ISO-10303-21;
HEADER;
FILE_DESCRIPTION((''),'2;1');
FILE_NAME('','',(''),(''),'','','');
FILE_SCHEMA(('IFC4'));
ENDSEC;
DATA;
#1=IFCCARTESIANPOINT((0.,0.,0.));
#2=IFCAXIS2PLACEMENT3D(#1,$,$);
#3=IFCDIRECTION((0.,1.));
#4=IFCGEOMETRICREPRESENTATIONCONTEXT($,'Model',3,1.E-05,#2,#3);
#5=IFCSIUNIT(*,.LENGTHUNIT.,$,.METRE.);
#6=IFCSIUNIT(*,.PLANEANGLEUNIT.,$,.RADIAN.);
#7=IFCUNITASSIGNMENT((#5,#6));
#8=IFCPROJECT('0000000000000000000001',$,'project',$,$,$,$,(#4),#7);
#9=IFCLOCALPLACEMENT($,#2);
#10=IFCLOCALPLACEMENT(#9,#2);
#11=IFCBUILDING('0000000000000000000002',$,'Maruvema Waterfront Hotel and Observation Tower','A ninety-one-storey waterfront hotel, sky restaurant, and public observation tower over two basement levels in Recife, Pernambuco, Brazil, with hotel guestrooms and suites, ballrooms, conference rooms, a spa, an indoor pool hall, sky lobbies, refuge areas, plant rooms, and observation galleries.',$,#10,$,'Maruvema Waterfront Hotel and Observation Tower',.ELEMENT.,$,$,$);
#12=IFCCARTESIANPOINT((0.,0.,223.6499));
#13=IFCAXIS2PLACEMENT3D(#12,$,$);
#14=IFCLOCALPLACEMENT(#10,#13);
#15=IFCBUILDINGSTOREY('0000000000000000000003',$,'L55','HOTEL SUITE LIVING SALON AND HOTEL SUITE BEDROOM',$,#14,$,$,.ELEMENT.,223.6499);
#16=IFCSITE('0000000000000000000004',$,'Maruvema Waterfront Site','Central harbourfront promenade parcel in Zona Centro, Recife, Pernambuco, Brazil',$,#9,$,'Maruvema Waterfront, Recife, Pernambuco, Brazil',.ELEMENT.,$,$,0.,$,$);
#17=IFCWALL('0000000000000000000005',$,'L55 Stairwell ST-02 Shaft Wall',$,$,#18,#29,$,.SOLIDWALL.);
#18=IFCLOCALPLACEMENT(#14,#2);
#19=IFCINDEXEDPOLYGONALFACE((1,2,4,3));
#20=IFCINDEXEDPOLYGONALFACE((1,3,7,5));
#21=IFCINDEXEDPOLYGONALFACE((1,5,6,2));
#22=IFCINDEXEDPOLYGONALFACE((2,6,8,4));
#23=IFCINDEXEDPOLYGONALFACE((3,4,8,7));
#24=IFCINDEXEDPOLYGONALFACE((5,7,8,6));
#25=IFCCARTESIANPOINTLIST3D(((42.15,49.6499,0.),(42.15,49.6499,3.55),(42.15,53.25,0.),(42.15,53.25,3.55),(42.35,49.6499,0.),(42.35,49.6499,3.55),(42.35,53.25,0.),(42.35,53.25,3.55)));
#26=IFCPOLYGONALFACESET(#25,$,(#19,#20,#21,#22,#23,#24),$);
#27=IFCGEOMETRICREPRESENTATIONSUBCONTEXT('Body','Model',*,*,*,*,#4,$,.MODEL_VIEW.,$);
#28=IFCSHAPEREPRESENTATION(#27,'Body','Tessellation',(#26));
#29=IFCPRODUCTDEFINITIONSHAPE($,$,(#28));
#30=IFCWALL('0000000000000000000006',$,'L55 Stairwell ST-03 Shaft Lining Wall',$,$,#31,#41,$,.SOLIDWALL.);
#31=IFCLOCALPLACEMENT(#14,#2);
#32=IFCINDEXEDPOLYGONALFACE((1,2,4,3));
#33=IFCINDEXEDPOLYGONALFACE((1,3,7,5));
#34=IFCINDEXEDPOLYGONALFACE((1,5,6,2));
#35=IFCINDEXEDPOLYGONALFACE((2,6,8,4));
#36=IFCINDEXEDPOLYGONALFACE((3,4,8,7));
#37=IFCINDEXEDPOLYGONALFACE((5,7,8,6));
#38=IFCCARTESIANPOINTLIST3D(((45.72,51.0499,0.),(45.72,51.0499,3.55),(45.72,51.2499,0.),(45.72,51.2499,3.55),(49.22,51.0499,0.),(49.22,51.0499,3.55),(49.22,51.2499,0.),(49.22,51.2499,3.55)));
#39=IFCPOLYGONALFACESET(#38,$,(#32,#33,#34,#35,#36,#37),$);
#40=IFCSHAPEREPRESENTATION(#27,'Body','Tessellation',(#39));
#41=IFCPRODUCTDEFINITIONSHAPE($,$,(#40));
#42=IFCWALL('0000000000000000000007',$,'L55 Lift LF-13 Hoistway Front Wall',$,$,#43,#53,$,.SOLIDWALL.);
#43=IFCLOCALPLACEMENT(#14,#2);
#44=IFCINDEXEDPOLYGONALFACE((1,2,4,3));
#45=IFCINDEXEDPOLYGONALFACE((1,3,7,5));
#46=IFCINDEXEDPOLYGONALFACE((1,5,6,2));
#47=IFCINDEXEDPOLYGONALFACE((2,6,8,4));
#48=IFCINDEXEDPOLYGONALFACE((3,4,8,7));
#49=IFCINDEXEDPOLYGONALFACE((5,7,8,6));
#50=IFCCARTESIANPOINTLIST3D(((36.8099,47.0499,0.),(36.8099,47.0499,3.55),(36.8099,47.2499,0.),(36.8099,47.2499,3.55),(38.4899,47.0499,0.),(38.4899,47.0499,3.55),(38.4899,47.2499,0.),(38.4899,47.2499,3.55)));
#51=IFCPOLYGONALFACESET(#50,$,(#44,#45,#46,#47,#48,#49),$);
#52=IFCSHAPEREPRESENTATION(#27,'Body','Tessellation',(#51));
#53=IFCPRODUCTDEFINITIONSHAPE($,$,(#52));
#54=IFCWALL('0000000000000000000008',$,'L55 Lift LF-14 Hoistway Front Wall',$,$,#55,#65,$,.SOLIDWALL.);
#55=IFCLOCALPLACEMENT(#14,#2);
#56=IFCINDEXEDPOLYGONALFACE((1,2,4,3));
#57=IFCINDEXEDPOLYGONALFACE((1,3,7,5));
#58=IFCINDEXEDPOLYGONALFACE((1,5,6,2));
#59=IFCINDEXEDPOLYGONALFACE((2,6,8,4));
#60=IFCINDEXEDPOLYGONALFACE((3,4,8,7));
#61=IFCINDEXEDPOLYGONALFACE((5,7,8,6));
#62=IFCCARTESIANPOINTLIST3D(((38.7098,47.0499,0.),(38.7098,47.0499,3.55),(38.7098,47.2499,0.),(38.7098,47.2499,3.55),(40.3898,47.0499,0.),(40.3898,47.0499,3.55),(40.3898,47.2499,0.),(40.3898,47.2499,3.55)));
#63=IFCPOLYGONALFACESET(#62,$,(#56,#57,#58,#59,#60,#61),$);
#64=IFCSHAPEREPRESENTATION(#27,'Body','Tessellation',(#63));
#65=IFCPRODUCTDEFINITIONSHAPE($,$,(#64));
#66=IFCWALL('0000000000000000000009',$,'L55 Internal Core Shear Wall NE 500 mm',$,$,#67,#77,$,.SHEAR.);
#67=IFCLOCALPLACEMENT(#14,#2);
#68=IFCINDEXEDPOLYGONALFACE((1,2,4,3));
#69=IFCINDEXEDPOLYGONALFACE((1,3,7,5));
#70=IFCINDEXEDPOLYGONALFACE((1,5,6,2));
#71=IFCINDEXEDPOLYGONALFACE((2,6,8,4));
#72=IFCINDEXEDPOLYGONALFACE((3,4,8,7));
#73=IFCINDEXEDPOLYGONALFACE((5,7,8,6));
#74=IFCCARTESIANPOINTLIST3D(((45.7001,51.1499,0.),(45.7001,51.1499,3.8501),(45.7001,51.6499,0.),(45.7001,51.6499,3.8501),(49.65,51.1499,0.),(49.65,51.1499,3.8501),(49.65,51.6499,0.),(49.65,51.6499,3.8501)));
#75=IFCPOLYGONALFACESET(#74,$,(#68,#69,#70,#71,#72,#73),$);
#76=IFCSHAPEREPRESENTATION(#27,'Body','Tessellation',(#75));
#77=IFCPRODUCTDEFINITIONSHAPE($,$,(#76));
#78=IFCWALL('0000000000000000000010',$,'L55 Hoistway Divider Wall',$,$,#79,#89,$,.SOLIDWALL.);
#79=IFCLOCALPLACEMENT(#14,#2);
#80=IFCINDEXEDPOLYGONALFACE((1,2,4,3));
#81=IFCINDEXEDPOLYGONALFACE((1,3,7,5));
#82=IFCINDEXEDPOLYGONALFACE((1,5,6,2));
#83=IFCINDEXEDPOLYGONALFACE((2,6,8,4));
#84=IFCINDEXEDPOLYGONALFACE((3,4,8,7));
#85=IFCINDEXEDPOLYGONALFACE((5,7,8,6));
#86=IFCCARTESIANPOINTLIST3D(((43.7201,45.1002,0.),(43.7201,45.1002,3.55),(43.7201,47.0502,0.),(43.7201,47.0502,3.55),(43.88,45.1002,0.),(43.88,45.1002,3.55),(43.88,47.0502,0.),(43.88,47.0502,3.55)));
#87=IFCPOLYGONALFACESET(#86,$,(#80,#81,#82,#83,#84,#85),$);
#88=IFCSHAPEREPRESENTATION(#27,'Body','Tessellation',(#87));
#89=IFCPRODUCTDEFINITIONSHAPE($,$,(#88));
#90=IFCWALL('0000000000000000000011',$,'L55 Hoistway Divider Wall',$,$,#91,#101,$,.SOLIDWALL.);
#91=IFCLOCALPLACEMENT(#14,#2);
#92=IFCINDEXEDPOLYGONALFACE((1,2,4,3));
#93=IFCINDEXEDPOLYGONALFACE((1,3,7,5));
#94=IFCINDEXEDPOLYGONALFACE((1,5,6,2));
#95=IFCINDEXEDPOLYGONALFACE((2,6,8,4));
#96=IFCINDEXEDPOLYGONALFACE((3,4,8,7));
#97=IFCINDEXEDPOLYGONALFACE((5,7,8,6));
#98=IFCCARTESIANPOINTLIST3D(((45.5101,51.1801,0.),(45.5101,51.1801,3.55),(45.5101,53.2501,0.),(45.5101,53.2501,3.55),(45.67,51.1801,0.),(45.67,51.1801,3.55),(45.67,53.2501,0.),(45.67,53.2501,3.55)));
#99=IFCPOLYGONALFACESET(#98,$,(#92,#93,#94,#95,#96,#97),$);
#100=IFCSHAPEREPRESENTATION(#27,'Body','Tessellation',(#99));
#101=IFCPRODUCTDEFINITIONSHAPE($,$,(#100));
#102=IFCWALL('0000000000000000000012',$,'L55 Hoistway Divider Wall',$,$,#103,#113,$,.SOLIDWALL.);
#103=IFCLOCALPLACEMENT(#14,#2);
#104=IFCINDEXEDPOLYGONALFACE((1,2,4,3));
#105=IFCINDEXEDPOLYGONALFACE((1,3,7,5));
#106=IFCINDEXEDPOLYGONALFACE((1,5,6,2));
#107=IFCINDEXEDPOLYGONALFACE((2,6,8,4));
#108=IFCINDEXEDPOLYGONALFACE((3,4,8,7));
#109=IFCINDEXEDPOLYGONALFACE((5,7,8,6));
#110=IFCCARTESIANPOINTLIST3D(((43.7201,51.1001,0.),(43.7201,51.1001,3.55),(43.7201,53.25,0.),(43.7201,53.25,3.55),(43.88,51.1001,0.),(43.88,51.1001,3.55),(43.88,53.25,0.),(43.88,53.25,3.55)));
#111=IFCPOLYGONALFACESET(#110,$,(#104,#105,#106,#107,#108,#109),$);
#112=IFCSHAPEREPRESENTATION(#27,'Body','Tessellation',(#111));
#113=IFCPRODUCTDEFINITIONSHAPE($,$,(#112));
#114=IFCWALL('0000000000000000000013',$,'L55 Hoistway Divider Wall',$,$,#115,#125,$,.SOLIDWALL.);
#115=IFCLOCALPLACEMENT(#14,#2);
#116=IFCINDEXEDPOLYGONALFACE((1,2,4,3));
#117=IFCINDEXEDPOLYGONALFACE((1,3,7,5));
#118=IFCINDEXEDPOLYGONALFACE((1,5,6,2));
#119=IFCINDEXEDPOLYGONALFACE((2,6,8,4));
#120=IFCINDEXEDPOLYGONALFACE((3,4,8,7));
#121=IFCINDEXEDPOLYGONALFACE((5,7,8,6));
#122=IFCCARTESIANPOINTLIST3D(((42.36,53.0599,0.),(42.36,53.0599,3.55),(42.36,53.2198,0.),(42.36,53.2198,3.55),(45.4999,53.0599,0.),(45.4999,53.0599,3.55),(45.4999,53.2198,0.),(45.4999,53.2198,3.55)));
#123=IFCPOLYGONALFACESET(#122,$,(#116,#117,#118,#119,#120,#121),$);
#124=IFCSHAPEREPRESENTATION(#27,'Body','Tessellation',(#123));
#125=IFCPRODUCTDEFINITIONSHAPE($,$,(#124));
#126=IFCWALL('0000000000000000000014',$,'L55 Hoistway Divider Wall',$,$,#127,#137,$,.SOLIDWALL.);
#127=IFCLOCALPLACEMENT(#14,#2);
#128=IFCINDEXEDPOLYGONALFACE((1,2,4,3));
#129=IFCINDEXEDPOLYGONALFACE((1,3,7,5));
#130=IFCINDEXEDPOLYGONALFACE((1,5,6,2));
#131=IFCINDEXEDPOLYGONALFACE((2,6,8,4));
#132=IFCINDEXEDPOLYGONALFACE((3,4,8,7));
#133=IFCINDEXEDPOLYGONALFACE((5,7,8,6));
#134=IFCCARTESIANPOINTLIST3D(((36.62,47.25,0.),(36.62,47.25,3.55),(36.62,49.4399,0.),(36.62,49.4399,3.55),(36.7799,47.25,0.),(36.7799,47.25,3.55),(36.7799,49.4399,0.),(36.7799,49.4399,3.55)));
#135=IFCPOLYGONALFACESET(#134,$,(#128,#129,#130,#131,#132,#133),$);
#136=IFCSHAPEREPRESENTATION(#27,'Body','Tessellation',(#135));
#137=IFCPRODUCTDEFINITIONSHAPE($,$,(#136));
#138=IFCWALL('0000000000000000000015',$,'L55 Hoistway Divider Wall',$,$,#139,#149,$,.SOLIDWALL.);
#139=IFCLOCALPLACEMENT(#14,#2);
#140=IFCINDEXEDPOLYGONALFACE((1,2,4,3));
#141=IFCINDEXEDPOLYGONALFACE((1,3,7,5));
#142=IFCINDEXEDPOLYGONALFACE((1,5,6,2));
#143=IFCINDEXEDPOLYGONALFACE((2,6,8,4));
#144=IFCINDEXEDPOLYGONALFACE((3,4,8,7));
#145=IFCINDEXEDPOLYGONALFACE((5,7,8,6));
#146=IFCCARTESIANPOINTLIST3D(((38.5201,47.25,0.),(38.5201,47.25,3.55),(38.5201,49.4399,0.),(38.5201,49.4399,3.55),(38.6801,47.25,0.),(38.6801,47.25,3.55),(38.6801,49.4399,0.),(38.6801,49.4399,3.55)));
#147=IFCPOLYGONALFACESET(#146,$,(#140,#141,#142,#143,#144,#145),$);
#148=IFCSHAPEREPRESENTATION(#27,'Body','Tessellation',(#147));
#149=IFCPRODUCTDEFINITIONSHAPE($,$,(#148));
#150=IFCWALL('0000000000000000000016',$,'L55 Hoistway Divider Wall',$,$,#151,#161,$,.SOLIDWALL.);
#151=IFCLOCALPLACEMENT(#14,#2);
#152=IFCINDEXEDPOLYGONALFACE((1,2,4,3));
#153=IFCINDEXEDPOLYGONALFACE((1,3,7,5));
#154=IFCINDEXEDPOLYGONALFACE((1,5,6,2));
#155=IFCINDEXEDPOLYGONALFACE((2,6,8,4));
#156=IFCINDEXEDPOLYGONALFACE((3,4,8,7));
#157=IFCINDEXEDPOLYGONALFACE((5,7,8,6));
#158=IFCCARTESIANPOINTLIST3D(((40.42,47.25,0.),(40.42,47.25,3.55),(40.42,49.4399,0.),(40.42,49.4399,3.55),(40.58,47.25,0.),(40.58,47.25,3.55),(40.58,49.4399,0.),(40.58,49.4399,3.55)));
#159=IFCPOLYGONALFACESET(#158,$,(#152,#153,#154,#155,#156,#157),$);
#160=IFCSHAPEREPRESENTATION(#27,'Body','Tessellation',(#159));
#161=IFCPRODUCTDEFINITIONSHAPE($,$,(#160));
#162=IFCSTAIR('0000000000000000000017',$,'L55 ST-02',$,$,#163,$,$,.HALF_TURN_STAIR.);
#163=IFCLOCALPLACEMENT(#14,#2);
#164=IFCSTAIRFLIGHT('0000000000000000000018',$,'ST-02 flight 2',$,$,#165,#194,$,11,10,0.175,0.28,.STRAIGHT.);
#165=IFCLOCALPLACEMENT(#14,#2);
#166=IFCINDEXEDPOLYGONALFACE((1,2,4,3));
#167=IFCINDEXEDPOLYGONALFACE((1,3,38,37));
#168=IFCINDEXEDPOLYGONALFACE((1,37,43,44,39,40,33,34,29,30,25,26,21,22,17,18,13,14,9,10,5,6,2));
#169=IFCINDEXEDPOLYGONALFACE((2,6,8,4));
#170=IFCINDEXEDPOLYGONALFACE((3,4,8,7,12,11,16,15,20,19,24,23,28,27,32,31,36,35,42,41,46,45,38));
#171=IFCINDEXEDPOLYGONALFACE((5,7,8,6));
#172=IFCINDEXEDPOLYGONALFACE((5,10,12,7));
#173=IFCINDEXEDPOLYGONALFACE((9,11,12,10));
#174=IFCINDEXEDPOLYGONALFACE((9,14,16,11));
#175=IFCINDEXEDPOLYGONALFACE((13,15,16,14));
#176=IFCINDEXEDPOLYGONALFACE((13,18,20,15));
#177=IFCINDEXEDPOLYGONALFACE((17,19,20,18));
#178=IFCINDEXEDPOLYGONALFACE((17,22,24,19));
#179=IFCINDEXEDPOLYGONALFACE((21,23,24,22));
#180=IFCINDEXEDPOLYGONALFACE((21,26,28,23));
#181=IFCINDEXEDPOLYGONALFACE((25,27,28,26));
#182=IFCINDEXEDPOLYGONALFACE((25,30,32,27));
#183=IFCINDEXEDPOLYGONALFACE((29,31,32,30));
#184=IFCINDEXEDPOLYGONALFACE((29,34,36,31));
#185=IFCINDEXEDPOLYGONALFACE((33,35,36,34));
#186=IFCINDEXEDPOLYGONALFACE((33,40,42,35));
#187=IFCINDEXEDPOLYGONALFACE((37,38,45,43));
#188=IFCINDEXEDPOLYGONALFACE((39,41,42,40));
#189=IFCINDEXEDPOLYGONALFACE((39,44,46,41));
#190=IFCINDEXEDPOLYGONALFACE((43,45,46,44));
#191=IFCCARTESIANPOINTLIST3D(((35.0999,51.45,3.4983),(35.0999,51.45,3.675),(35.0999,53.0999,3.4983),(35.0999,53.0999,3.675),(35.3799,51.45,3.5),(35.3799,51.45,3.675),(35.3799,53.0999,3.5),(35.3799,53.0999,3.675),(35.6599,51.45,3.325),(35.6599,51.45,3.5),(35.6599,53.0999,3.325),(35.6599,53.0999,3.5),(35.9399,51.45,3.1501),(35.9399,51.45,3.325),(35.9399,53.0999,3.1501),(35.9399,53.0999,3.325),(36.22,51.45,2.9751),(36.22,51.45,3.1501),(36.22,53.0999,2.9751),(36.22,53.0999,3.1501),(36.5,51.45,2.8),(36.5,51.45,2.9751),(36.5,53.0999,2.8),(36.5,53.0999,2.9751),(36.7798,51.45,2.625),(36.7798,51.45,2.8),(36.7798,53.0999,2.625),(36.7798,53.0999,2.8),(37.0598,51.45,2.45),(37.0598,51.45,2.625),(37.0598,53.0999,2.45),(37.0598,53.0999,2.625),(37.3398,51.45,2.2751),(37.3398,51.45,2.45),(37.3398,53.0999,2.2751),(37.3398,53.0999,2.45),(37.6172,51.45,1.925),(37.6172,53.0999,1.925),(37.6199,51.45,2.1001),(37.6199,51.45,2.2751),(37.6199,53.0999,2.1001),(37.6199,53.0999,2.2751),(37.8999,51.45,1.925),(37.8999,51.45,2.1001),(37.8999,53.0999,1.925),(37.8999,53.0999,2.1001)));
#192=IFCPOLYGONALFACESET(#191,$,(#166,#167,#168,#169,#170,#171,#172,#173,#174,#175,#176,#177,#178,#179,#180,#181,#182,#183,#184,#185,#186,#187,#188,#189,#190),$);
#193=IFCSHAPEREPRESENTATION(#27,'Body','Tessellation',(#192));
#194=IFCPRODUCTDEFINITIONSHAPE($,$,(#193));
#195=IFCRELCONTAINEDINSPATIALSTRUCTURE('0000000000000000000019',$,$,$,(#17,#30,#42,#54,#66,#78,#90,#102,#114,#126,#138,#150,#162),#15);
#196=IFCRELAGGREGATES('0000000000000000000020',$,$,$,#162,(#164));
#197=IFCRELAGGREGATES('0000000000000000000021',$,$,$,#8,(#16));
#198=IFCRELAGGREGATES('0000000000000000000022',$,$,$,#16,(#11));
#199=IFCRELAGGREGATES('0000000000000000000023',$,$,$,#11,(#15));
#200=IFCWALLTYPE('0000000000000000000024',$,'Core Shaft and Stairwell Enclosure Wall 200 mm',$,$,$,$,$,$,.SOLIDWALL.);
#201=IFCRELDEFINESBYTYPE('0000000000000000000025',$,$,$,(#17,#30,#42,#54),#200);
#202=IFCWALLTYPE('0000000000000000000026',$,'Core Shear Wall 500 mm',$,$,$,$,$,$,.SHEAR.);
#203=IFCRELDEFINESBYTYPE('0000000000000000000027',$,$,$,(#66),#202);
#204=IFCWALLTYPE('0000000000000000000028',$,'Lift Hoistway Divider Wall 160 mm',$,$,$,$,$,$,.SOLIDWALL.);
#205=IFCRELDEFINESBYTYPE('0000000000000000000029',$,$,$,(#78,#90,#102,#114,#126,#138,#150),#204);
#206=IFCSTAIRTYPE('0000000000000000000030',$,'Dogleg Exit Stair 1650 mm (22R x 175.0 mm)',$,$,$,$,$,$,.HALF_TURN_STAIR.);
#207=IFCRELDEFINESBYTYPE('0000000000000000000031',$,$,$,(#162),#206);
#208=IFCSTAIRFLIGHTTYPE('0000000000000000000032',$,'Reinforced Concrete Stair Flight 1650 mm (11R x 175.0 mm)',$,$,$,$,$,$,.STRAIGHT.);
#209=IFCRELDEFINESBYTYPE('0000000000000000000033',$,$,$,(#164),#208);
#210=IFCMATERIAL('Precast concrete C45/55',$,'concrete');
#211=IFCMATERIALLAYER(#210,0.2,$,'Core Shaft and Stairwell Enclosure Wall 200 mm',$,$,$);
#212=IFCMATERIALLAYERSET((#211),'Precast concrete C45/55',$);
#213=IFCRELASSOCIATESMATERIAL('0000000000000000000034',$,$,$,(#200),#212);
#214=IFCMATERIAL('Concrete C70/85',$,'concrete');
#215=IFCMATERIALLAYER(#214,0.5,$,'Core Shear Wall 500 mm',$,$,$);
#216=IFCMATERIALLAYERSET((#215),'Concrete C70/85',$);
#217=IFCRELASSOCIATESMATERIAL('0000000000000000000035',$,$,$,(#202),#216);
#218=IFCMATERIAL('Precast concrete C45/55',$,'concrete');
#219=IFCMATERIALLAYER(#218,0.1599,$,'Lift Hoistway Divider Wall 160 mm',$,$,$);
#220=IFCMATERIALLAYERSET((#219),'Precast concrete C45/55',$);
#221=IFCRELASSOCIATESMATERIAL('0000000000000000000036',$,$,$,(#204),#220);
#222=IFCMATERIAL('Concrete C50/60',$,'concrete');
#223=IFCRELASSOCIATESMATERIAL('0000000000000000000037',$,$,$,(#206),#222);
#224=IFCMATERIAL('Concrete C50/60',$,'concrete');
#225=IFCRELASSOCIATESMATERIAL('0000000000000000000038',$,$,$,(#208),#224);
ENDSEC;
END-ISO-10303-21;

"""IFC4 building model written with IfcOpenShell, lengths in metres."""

from ifc_helpers import new_model, si_unit, direction, frame, frame_2d, origin, place, context, subcontext, project, spatial, polyline, rectangle, outline, extrude, material, layer, layer_set, type_object, element, aggregate, save


model = new_model("IFC4")

# Units and contexts
model_context = context("Model", 3, precision=1e-05, world=origin(), true_north=direction((0.0, 1.0)))
body_context = subcontext(model_context, "Body", "Model", "MODEL_VIEW")
ifc_project = project(units=[si_unit("LENGTHUNIT", "METRE"), si_unit("PLANEANGLEUNIT", "RADIAN")], contexts=[model_context])

# Site, building, storey
site_placement = place(None, origin())
site = spatial("IfcSite", under=ifc_project, at=site_placement, Name="Maruvema Waterfront Site", Description="Central harbourfront promenade parcel in Zona Centro, Recife, Pernambuco, Brazil", LongName="Maruvema Waterfront, Recife, Pernambuco, Brazil", CompositionType="ELEMENT", RefElevation=0.0)
building_placement = place(site_placement, origin())
building = spatial("IfcBuilding", under=site, at=building_placement, Name="Maruvema Waterfront Hotel and Observation Tower", Description="A ninety-one-storey waterfront hotel, sky restaurant, and public observation tower over two basement levels in Recife, Pernambuco, Brazil, with hotel guestrooms and suites, ballrooms, conference rooms, a spa, an indoor pool hall, sky lobbies, refuge areas, plant rooms, and observation galleries.", LongName="Maruvema Waterfront Hotel and Observation Tower", CompositionType="ELEMENT")
storey_placement = place(building_placement, frame((0.0, 0.0, 223.6499)))
storey = spatial("IfcBuildingStorey", under=building, at=storey_placement, Name="L55", Description="HOTEL SUITE LIVING SALON AND HOTEL SUITE BEDROOM", CompositionType="ELEMENT", Elevation=223.6499)

# Walls
ifc_material_1 = material(Name="Precast concrete C45/55", Category="concrete")
ifc_layer_1 = layer(ifc_material_1, 0.2, Name="Core Shaft and Stairwell Enclosure Wall 200 mm")
ifc_layer_set_1 = layer_set([ifc_layer_1], Name="Precast concrete C45/55")
wall_type_1 = type_object("IfcWallType", Name="Core Shaft and Stairwell Enclosure Wall 200 mm", PredefinedType="SOLIDWALL", material=ifc_layer_set_1)
wall_1_placement = place(storey_placement, frame((42.25, 49.6499, 0.0), z_axis=(0.0, 0.0, 1.0), x_axis=(0.0, 1.0, 0.0)))
element("IfcWall", 1, at=wall_1_placement, inside=storey, type_object=wall_type_1, Name="L55 Stairwell ST-02 Shaft Wall", PredefinedType="SOLIDWALL", context=body_context, shape_type="SweptSolid", body=[
    extrude(rectangle(XDim=3.6001, YDim=0.2, at=frame_2d((1.8, 0.0))), origin(), (0.0, 0.0, 1.0), 3.55),
])
wall_2_placement = place(storey_placement, frame((45.72, 51.1499, 0.0), z_axis=(0.0, 0.0, 1.0), x_axis=(1.0, 0.0, 0.0)))
element("IfcWall", 2, at=wall_2_placement, inside=storey, type_object=wall_type_1, Name="L55 Stairwell ST-03 Shaft Lining Wall", PredefinedType="SOLIDWALL", context=body_context, shape_type="SweptSolid", body=[
    extrude(rectangle(XDim=3.5, YDim=0.2, at=frame_2d((1.75, 0.0))), origin(), (0.0, 0.0, 1.0), 3.55),
])

# Walls
for number, where, z_axis, x_axis, name in (
    (3, (36.8101, 47.1499, 0.0), (0.0, 0.0, 1.0), (1.0, 0.0, 0.0), "L55 Lift LF-13 Hoistway Front Wall"),
    (4, (38.71, 47.1499, 0.0), (0.0, 0.0, 1.0), (1.0, 0.0, 0.0), "L55 Lift LF-14 Hoistway Front Wall"),
):
    element("IfcWall", number, at=place(storey_placement, frame(where, z_axis=z_axis, x_axis=x_axis)), inside=storey, type_object=wall_type_1, Name=name, PredefinedType="SOLIDWALL", context=body_context, shape_type="SweptSolid", body=[
        extrude(rectangle(XDim=1.6799, YDim=0.2, at=frame_2d((0.8398, 0.0))), origin(), (0.0, 0.0, 1.0), 3.55),
    ])
ifc_material_2 = material(Name="Concrete C70/85", Category="concrete")
ifc_layer_2 = layer(ifc_material_2, 0.5, Name="Core Shear Wall 500 mm")
ifc_layer_set_2 = layer_set([ifc_layer_2], Name="Concrete C70/85")
wall_type_2 = type_object("IfcWallType", Name="Core Shear Wall 500 mm", PredefinedType="SHEAR", material=ifc_layer_set_2)
wall_3_placement = place(storey_placement, frame((45.7, 51.3999, 0.0), z_axis=(0.0, 0.0, 1.0), x_axis=(1.0, 0.0, 0.0)))
element("IfcWall", 5, at=wall_3_placement, inside=storey, type_object=wall_type_2, Name="L55 Internal Core Shear Wall NE 500 mm", PredefinedType="SHEAR", context=body_context, shape_type="SweptSolid", body=[
    extrude(rectangle(XDim=3.95, YDim=0.5, at=frame_2d((1.9751, 0.0))), origin(), (0.0, 0.0, 1.0), 3.8501),
])
ifc_material_3 = material(Name="Precast concrete C45/55", Category="concrete")
ifc_layer_3 = layer(ifc_material_3, 0.1599, Name="Lift Hoistway Divider Wall 160 mm")
ifc_layer_set_3 = layer_set([ifc_layer_3], Name="Precast concrete C45/55")
wall_type_3 = type_object("IfcWallType", Name="Lift Hoistway Divider Wall 160 mm", PredefinedType="SOLIDWALL", material=ifc_layer_set_3)
wall_4_placement = place(storey_placement, frame((43.8, 45.1001, 0.0), z_axis=(0.0, 0.0, 1.0), x_axis=(0.0, 1.0, 0.0)))
element("IfcWall", 6, at=wall_4_placement, inside=storey, type_object=wall_type_3, Name="L55 Hoistway Divider Wall", PredefinedType="SOLIDWALL", context=body_context, shape_type="SweptSolid", body=[
    extrude(rectangle(XDim=1.95, YDim=0.1599, at=frame_2d((0.9751, 0.0))), origin(), (0.0, 0.0, 1.0), 3.55),
])
wall_5_placement = place(storey_placement, frame((45.5901, 51.1799, 0.0), z_axis=(0.0, 0.0, 1.0), x_axis=(0.0, 1.0, 0.0)))
element("IfcWall", 7, at=wall_5_placement, inside=storey, type_object=wall_type_3, Name="L55 Hoistway Divider Wall", PredefinedType="SOLIDWALL", context=body_context, shape_type="SweptSolid", body=[
    extrude(rectangle(XDim=2.0701, YDim=0.1599, at=frame_2d((1.0352, 0.0))), origin(), (0.0, 0.0, 1.0), 3.55),
])
wall_6_placement = place(storey_placement, frame((43.8, 51.1001, 0.0), z_axis=(0.0, 0.0, 1.0), x_axis=(0.0, 1.0, 0.0)))
element("IfcWall", 8, at=wall_6_placement, inside=storey, type_object=wall_type_3, Name="L55 Hoistway Divider Wall", PredefinedType="SOLIDWALL", context=body_context, shape_type="SweptSolid", body=[
    extrude(rectangle(XDim=2.1499, YDim=0.1599, at=frame_2d((1.075, 0.0))), origin(), (0.0, 0.0, 1.0), 3.55),
])
wall_7_placement = place(storey_placement, frame((42.3601, 53.1399, 0.0), z_axis=(0.0, 0.0, 1.0), x_axis=(1.0, 0.0, 0.0)))
element("IfcWall", 9, at=wall_7_placement, inside=storey, type_object=wall_type_3, Name="L55 Hoistway Divider Wall", PredefinedType="SOLIDWALL", context=body_context, shape_type="SweptSolid", body=[
    extrude(rectangle(XDim=3.1399, YDim=0.1599, at=frame_2d((1.5698, 0.0))), origin(), (0.0, 0.0, 1.0), 3.55),
])
for number, where, z_axis, x_axis, name in (
    (10, (36.7, 47.25, 0.0), (0.0, 0.0, 1.0), (0.0, 1.0, 0.0), "L55 Hoistway Divider Wall"),
    (11, (38.6001, 47.25, 0.0), (0.0, 0.0, 1.0), (0.0, 1.0, 0.0), "L55 Hoistway Divider Wall"),
    (12, (40.5, 47.25, 0.0), (0.0, 0.0, 1.0), (0.0, 1.0, 0.0), "L55 Hoistway Divider Wall"),
):
    element("IfcWall", number, at=place(storey_placement, frame(where, z_axis=z_axis, x_axis=x_axis)), inside=storey, type_object=wall_type_3, Name=name, PredefinedType="SOLIDWALL", context=body_context, shape_type="SweptSolid", body=[
        extrude(rectangle(XDim=2.1899, YDim=0.1599, at=frame_2d((1.095, 0.0))), origin(), (0.0, 0.0, 1.0), 3.55),
    ])

# Stair, stair flight
ifc_material_4 = material(Name="Concrete C50/60", Category="concrete")
stair_type = type_object("IfcStairType", Name="Dogleg Exit Stair 1650 mm (22R x 175.0 mm)", PredefinedType="HALF_TURN_STAIR", material=ifc_material_4)
stair_1_placement = place(storey_placement, origin())
stair_1 = element("IfcStair", 13, at=stair_1_placement, inside=storey, type_object=stair_type, Name="L55 ST-02", PredefinedType="HALF_TURN_STAIR")
ifc_material_5 = material(Name="Concrete C50/60", Category="concrete")
stair_flight_type = type_object("IfcStairFlightType", Name="Reinforced Concrete Stair Flight 1650 mm (11R x 175.0 mm)", PredefinedType="STRAIGHT", material=ifc_material_5)
stair_flight_1_placement = place(storey_placement, frame((37.8999, 52.2749, 1.925), z_axis=(0.0, 0.0, 1.0), x_axis=(-1.0, 0.0, 0.0)))
stair_flight_1 = element("IfcStairFlight", 14, at=stair_flight_1_placement, type_object=stair_flight_type, Name="ST-02 flight 2", NumberOfRisers=11, NumberOfTreads=10, PredefinedType="STRAIGHT", RiserHeight=0.175, TreadLength=0.28, context=body_context, shape_type="SweptSolid", body=[
    extrude(outline(polyline([(0.0, 0.0), (0.0, 0.175), (0.28, 0.175), (0.28, 0.3501), (0.5601, 0.3501), (0.5601, 0.5249), (0.8401, 0.5249), (0.8401, 0.7), (1.1201, 0.7), (1.1201, 0.875), (1.3999, 0.875), (1.3999, 1.05), (1.6799, 1.05), (1.6799, 1.2251), (1.96, 1.2251), (1.96, 1.3999), (2.24, 1.3999), (2.24, 1.575), (2.52, 1.575), (2.52, 1.75), (2.8, 1.75), (2.8, 1.925), (2.8, 1.5732), (0.2827, 0.0), (0.0, 0.0)])), frame((0.0, 0.825, 0.0), z_axis=(0.0, -1.0, 0.0), x_axis=(1.0, 0.0, 0.0)), (0.0, 0.0, 1.0), 1.6499),
])
aggregate(stair_1, [stair_flight_1])

save(model, "model.ifc")
